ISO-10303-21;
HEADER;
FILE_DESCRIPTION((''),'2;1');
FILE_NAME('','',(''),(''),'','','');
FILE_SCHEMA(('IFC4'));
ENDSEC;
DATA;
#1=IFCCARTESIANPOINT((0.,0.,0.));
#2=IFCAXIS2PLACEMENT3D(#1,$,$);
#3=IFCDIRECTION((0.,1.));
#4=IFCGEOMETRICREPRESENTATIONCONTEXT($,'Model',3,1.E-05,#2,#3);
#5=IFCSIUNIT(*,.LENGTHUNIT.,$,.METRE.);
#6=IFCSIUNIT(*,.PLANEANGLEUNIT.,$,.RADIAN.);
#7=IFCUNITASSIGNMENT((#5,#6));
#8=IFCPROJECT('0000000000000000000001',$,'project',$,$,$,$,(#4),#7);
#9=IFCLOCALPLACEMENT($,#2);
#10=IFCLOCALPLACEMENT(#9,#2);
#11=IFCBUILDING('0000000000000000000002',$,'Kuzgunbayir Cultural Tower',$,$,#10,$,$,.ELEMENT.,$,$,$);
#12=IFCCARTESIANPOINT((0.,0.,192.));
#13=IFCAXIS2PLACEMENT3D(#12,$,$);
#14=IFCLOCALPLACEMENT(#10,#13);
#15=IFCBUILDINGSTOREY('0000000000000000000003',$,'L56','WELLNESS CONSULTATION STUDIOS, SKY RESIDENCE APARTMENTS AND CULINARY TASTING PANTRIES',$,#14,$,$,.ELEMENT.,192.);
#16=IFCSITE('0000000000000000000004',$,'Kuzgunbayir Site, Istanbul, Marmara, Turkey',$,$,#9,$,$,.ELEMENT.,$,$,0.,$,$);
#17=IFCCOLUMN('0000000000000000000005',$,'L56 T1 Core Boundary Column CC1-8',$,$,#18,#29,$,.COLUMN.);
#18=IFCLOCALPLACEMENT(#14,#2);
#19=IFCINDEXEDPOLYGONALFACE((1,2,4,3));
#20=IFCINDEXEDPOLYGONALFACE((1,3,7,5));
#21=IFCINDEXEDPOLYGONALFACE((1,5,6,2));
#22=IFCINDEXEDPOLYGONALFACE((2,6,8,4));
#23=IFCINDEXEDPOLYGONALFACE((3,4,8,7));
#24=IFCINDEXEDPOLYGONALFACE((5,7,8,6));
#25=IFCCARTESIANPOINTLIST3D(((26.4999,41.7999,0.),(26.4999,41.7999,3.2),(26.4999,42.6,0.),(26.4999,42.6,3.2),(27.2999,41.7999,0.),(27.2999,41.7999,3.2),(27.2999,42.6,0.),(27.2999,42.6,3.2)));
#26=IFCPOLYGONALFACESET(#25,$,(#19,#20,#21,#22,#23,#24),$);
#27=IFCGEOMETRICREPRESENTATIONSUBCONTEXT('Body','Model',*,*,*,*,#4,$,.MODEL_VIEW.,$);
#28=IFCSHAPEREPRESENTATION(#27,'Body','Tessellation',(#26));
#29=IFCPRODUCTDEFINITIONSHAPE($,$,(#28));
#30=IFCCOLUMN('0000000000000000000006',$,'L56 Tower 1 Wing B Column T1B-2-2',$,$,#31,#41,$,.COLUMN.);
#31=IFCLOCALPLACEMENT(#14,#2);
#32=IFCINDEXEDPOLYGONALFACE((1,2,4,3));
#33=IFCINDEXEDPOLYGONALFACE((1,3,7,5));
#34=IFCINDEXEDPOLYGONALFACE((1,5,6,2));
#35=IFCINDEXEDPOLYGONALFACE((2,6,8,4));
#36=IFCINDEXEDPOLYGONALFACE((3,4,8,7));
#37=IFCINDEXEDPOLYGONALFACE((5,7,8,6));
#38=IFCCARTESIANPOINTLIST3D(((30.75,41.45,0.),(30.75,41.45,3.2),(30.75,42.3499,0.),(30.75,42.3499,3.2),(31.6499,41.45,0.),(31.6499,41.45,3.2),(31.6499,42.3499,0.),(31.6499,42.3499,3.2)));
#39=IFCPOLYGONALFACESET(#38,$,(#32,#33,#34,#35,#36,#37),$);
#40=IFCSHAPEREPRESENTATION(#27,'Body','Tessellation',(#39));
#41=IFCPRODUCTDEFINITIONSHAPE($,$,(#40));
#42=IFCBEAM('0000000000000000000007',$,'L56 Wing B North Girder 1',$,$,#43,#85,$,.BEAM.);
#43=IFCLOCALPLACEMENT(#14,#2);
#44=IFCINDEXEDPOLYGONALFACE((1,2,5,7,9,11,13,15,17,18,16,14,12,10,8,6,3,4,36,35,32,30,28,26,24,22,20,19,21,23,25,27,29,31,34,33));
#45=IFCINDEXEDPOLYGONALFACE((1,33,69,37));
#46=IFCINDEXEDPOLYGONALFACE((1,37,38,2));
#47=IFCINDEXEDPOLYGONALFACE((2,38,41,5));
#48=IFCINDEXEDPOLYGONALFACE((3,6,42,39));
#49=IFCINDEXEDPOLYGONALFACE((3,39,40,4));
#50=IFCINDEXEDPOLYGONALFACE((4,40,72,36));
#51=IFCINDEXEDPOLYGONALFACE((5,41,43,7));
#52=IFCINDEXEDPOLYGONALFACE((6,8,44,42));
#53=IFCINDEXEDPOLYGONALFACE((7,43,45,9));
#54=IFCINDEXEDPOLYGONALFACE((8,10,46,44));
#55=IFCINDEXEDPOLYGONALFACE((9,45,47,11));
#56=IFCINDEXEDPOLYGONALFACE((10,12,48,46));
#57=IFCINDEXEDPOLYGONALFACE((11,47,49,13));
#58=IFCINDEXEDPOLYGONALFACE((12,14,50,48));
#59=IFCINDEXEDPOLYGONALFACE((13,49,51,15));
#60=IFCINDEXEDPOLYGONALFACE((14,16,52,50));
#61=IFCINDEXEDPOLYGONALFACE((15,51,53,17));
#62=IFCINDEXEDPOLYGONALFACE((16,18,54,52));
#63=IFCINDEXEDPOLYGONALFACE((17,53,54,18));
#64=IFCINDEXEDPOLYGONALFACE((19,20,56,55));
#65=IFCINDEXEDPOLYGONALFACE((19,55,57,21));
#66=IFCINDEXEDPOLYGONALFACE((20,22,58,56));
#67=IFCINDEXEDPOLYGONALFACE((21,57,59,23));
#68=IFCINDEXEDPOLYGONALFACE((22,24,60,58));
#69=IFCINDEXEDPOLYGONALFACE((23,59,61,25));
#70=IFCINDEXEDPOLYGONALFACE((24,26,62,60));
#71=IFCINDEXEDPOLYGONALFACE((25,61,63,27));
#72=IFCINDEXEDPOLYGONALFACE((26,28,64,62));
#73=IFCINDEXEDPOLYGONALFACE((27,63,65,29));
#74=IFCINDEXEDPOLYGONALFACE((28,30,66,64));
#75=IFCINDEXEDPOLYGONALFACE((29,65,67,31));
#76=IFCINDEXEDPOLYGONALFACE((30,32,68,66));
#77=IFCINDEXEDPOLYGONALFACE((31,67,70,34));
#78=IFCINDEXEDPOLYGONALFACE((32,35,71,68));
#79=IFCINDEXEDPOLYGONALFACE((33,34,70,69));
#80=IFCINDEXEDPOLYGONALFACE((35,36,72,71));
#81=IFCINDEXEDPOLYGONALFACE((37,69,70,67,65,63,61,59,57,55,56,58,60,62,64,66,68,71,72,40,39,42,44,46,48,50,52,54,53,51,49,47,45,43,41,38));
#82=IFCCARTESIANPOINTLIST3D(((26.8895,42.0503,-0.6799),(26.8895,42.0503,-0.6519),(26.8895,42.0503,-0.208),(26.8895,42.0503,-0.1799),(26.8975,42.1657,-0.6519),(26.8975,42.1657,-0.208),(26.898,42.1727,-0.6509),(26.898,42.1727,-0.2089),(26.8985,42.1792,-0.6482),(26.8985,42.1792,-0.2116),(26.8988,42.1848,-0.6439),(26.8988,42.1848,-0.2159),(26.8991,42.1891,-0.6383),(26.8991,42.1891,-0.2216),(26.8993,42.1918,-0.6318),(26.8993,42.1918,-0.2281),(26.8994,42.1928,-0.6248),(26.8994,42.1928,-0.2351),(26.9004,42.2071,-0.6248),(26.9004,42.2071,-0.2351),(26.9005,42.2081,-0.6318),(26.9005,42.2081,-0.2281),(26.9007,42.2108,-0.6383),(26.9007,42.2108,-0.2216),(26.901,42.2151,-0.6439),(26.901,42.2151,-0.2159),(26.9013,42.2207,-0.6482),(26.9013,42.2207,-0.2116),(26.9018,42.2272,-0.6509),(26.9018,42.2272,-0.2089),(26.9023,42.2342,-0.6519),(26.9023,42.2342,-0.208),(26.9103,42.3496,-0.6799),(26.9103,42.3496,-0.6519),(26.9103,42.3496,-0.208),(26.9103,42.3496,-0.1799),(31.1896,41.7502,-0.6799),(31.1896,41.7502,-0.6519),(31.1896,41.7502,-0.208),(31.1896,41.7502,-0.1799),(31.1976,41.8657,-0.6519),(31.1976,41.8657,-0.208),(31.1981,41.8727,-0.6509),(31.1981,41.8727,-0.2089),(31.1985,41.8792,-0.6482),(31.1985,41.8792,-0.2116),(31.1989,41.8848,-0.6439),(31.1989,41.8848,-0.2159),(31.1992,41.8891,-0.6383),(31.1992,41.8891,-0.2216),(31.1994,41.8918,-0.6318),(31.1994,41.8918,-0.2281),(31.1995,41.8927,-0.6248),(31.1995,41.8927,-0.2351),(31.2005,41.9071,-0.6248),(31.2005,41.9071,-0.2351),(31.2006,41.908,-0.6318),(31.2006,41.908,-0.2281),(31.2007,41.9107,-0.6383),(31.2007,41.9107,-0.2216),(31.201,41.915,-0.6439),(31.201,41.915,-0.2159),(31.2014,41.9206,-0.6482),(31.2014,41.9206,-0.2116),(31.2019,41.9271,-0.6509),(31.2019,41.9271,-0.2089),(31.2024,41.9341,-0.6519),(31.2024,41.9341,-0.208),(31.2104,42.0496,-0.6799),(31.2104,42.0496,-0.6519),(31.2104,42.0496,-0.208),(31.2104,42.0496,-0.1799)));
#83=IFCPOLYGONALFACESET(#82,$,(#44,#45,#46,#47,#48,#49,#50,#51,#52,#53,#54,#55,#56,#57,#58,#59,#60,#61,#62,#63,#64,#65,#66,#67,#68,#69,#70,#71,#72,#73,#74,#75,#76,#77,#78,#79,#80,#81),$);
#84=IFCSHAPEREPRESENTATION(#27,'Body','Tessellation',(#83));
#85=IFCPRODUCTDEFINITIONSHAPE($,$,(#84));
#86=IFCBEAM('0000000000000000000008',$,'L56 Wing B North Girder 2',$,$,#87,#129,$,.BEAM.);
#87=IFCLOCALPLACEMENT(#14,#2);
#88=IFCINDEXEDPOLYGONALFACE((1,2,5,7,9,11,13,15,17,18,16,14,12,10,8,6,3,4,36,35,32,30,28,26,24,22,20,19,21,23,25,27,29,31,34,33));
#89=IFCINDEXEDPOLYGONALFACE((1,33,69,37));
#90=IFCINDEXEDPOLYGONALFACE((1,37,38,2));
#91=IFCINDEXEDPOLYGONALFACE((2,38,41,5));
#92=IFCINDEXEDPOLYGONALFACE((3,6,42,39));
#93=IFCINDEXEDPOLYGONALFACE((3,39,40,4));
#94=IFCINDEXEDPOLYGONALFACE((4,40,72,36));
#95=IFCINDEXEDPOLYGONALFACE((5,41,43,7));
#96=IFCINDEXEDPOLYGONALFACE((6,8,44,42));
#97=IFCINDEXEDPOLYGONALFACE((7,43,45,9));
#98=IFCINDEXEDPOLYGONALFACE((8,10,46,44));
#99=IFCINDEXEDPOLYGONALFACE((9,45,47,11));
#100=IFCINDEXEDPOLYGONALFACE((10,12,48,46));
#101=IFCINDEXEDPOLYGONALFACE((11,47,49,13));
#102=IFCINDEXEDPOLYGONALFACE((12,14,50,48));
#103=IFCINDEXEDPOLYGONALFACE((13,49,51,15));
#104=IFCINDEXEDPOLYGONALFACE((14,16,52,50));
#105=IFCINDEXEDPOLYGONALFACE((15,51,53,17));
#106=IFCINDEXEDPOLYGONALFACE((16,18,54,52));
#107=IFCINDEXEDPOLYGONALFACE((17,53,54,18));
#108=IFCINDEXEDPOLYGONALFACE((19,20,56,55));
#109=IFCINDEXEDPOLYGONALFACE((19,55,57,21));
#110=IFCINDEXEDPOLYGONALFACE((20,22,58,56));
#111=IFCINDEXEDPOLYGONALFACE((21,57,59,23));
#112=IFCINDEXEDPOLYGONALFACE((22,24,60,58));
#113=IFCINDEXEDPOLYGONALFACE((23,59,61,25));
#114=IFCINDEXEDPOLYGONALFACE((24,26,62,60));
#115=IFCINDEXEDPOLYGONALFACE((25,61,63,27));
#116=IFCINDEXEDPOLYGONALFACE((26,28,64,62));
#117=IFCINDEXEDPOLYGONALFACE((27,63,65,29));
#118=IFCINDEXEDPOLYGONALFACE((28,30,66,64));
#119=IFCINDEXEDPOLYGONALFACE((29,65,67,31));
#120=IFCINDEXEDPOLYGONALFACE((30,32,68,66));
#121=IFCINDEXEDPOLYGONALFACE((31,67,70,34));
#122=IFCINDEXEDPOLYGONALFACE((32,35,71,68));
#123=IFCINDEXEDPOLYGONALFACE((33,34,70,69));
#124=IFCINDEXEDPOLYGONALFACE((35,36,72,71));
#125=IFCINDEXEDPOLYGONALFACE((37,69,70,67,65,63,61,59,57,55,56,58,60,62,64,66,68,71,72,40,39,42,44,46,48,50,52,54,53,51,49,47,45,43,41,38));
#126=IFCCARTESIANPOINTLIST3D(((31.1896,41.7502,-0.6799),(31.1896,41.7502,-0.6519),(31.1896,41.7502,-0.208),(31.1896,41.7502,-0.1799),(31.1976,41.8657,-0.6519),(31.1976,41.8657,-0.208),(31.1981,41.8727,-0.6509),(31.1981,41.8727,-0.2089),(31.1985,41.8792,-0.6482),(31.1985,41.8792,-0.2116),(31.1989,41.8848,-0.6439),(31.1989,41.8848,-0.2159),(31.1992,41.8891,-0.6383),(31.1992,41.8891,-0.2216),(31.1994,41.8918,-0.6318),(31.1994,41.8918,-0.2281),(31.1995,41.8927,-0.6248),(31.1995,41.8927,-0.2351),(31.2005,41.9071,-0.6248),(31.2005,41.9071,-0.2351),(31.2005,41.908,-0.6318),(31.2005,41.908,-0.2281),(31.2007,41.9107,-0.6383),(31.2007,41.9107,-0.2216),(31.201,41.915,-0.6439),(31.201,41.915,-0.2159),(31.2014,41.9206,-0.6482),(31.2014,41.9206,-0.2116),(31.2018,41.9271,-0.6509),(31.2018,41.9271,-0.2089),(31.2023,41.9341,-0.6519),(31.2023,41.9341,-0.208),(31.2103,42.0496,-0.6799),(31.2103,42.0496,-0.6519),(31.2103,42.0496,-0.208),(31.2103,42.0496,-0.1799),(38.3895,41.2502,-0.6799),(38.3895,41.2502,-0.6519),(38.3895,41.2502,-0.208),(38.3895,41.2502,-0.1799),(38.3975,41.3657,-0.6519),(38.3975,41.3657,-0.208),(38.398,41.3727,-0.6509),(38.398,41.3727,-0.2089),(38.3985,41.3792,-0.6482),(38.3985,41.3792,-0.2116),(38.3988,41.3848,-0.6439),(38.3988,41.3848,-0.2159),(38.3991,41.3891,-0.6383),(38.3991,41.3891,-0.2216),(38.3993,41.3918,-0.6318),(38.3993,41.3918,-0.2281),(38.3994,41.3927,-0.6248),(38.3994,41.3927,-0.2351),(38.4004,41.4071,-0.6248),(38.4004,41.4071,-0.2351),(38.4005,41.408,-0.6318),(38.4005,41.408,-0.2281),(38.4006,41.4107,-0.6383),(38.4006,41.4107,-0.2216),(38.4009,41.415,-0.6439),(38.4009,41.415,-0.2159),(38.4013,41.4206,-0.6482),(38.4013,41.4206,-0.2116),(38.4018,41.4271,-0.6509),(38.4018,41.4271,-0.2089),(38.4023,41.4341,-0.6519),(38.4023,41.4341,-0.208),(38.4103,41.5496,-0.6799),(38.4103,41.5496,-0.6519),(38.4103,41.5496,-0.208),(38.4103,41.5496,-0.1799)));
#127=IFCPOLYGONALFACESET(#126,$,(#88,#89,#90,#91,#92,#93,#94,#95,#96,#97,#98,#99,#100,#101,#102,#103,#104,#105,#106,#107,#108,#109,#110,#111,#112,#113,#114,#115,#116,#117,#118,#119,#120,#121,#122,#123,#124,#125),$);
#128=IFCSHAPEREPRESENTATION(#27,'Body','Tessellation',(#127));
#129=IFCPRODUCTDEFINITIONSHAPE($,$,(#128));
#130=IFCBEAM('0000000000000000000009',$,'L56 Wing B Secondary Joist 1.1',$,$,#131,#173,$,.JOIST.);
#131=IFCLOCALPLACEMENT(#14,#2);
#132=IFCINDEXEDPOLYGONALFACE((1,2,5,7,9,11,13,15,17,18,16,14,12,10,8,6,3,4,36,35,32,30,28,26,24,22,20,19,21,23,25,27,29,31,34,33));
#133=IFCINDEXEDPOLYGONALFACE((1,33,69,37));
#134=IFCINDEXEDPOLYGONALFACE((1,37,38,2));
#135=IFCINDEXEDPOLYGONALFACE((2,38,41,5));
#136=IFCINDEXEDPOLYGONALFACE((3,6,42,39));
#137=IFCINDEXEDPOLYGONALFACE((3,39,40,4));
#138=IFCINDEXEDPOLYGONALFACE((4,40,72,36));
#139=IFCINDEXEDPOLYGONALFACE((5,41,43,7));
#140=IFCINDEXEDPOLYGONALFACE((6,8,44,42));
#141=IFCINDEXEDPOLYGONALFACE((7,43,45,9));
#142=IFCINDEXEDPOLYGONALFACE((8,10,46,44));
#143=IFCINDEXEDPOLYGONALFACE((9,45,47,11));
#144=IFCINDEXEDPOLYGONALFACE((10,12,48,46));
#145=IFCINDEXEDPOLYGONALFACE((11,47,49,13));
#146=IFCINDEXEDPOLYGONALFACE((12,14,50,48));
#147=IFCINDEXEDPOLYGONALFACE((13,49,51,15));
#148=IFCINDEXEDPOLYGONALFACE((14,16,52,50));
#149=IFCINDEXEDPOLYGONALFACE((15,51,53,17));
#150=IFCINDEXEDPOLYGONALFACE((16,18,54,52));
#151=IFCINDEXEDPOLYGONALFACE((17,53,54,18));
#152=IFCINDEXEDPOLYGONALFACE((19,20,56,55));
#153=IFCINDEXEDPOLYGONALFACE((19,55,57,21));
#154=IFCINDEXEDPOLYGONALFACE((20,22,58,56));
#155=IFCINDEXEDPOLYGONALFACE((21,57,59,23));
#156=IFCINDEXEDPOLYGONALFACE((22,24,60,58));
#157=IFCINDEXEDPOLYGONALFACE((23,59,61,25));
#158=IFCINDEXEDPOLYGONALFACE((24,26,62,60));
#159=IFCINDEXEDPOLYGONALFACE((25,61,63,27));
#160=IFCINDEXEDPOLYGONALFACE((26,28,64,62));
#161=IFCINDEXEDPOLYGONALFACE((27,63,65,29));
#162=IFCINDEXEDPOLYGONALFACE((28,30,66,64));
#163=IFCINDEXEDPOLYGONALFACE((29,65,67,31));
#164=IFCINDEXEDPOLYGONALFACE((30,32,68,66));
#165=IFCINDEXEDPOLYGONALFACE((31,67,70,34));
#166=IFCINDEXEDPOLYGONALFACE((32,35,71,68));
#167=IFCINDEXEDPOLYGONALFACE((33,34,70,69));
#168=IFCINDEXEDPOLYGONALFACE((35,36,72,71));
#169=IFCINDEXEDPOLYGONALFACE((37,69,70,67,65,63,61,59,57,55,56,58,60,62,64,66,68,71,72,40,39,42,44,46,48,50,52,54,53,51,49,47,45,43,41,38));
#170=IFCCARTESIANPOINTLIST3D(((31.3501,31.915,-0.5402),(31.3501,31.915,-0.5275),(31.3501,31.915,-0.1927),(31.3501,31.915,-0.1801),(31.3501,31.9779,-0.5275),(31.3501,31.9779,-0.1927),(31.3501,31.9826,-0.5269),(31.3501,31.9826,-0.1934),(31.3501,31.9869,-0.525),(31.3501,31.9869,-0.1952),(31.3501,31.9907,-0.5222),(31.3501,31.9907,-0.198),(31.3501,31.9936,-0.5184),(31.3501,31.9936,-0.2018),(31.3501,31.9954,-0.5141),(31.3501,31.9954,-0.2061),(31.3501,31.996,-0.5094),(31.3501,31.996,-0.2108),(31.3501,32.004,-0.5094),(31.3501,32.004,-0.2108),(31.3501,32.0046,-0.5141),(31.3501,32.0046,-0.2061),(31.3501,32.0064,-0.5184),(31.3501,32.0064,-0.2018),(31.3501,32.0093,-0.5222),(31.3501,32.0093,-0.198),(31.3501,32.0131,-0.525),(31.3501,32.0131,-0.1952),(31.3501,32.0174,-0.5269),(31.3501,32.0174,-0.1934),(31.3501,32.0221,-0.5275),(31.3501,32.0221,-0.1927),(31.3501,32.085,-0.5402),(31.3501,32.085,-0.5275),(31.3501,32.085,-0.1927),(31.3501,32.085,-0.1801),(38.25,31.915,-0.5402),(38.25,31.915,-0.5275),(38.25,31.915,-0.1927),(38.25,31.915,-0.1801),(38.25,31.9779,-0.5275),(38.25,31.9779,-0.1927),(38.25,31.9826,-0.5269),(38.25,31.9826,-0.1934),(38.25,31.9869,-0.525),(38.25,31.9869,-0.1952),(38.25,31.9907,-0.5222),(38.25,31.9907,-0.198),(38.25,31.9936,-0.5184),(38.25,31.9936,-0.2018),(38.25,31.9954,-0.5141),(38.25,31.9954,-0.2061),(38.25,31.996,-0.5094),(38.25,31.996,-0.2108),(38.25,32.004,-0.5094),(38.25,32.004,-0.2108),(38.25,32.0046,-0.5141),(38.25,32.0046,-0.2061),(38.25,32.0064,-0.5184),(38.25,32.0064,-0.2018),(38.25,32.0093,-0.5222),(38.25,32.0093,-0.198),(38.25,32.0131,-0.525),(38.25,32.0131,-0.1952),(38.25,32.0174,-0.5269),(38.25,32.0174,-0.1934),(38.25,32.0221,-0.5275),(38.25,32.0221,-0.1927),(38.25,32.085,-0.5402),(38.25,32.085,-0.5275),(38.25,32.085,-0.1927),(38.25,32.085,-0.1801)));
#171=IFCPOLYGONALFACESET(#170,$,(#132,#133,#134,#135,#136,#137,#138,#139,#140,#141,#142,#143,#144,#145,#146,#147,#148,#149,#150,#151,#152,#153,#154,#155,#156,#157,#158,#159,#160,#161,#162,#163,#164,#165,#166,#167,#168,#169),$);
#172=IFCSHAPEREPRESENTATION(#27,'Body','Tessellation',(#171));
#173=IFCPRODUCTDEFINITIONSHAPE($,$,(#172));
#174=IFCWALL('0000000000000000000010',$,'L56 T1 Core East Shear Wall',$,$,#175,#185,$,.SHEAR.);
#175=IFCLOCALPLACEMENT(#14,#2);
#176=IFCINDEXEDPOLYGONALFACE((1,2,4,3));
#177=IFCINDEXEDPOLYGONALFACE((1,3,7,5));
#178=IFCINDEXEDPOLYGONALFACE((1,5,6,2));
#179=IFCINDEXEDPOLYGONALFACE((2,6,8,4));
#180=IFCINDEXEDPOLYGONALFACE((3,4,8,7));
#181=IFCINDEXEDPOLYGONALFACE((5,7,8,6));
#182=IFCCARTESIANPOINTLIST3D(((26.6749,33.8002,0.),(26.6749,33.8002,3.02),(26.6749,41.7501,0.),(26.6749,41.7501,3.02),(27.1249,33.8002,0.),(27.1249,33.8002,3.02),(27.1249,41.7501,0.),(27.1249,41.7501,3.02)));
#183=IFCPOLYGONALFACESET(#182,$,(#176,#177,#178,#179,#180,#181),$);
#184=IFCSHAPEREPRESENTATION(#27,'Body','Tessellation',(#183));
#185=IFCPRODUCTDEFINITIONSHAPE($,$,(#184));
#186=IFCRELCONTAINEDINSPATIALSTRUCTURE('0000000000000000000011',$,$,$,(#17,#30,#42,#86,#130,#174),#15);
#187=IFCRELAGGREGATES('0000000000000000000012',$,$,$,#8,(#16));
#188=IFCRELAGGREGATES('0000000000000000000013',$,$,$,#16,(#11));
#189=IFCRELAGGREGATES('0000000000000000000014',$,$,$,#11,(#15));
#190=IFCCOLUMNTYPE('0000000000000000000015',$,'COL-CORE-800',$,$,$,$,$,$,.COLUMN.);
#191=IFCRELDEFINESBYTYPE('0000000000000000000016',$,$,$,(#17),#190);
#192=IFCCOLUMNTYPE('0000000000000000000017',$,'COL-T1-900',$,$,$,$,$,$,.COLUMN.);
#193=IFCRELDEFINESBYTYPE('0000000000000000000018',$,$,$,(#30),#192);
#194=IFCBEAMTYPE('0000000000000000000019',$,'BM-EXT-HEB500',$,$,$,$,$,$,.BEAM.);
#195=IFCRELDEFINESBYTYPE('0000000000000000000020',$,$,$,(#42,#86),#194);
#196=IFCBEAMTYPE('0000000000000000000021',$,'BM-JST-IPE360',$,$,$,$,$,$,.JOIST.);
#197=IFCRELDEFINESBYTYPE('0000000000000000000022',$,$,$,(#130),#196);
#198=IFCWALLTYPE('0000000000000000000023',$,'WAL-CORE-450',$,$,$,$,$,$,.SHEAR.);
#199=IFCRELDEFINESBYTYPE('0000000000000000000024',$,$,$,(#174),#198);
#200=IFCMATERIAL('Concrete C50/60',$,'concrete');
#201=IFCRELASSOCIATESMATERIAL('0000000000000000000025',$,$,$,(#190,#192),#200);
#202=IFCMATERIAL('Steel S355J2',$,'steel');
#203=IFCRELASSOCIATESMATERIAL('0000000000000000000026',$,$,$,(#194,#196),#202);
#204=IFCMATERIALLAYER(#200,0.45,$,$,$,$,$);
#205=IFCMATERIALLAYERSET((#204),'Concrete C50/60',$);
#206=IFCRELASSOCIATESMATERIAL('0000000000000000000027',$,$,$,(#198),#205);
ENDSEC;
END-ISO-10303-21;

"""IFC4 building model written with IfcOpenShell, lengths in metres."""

from ifc_helpers import new_model, si_unit, direction, frame, frame_2d, origin, origin_2d, place, context, subcontext, project, spatial, rectangle, i_section, extrude, material, layer, layer_set, material_profile, profile_set, type_object, element, save


model = new_model("IFC4")

# Units and contexts
model_context = context("Model", 3, precision=1e-05, world=origin(), true_north=direction((0.0, 1.0)))
body_context = subcontext(model_context, "Body", "Model", "MODEL_VIEW")
ifc_project = project(units=[si_unit("LENGTHUNIT", "METRE"), si_unit("PLANEANGLEUNIT", "RADIAN")], contexts=[model_context])

# Site, building, storey
site_placement = place(None, origin())
site = spatial("IfcSite", under=ifc_project, at=site_placement, Name="Kuzgunbayir Site, Istanbul, Marmara, Turkey", CompositionType="ELEMENT", RefElevation=0.0)
building_placement = place(site_placement, origin())
building = spatial("IfcBuilding", under=site, at=building_placement, Name="Kuzgunbayir Cultural Tower", CompositionType="ELEMENT")
storey_placement = place(building_placement, frame((0.0, 0.0, 192.0)))
storey = spatial("IfcBuildingStorey", under=building, at=storey_placement, Name="L56", Description="WELLNESS CONSULTATION STUDIOS, SKY RESIDENCE APARTMENTS AND CULINARY TASTING PANTRIES", CompositionType="ELEMENT", Elevation=192.0)

# Columns
ifc_material_1 = material(Name="Concrete C50/60", Category="concrete")
ifc_material_profile_1 = material_profile(ifc_material_1, rectangle(XDim=0.8, YDim=0.8, at=origin_2d()), Name="RC 800x800")
ifc_profile_set_1 = profile_set([ifc_material_profile_1], Name="Concrete C50/60")
column_type_1 = type_object("IfcColumnType", Name="COL-CORE-800", PredefinedType="COLUMN", material=ifc_profile_set_1)
column_1_placement = place(storey_placement, frame((26.8999, 42.2, 0.0), z_axis=(0.0, 0.0, 1.0), x_axis=(1.0, 0.0, 0.0)))
element("IfcColumn", 1, at=column_1_placement, inside=storey, type_object=column_type_1, Name="L56 T1 Core Boundary Column CC1-8", PredefinedType="COLUMN", context=body_context, shape_type="SweptSolid", body=[
    extrude(rectangle(XDim=0.8, YDim=0.8, at=origin_2d()), origin(), (0.0, 0.0, 1.0), 3.2),
])
ifc_material_profile_2 = material_profile(ifc_material_1, rectangle(XDim=0.8999, YDim=0.8999, at=origin_2d()), Name="RC 900x900")
ifc_profile_set_2 = profile_set([ifc_material_profile_2], Name="Concrete C50/60")
column_type_2 = type_object("IfcColumnType", Name="COL-T1-900", PredefinedType="COLUMN", material=ifc_profile_set_2)
column_2_placement = place(storey_placement, frame((31.2, 41.8999, 0.0), z_axis=(0.0, 0.0, 1.0), x_axis=(1.0, 0.0, 0.0)))
element("IfcColumn", 2, at=column_2_placement, inside=storey, type_object=column_type_2, Name="L56 Tower 1 Wing B Column T1B-2-2", PredefinedType="COLUMN", context=body_context, shape_type="SweptSolid", body=[
    extrude(rectangle(XDim=0.8999, YDim=0.8999, at=origin_2d()), origin(), (0.0, 0.0, 1.0), 3.2),
])

# Beams
ifc_material_2 = material(Name="Steel S355J2", Category="steel")
ifc_material_profile_3 = material_profile(ifc_material_2, i_section(OverallWidth=0.3, OverallDepth=0.5, WebThickness=0.0144, FlangeThickness=0.0281, FilletRadius=0.0271, at=origin_2d()), Name="HEB 500")
ifc_profile_set_3 = profile_set([ifc_material_profile_3], Name="Steel S355J2")
beam_type_1 = type_object("IfcBeamType", Name="BM-EXT-HEB500", PredefinedType="BEAM", material=ifc_profile_set_3)
beam_1_placement = place(storey_placement, frame((26.8999, 42.2, -0.4299), z_axis=(0.997574, -0.069609, 0.0), x_axis=(0.069609, 0.997574, 0.0)))
element("IfcBeam", 3, at=beam_1_placement, inside=storey, type_object=beam_type_1, Name="L56 Wing B North Girder 1", PredefinedType="BEAM", context=body_context, shape_type="SweptSolid", body=[
    extrude(i_section(OverallWidth=0.3, OverallDepth=0.5, WebThickness=0.0144, FlangeThickness=0.0281, FilletRadius=0.0271, at=origin_2d()), origin(), (0.0, 0.0, 1.0), 4.3105),
])
beam_2_placement = place(storey_placement, frame((31.2, 41.8999, -0.4299), z_axis=(0.997597, -0.069278, 0.0), x_axis=(0.069278, 0.997597, 0.0)))
element("IfcBeam", 4, at=beam_2_placement, inside=storey, type_object=beam_type_1, Name="L56 Wing B North Girder 2", PredefinedType="BEAM", context=body_context, shape_type="SweptSolid", body=[
    extrude(i_section(OverallWidth=0.3, OverallDepth=0.5, WebThickness=0.0144, FlangeThickness=0.0281, FilletRadius=0.0271, at=origin_2d()), origin(), (0.0, 0.0, 1.0), 7.2173),
])
ifc_material_profile_4 = material_profile(ifc_material_2, i_section(OverallWidth=0.1699, OverallDepth=0.3601, WebThickness=0.0081, FlangeThickness=0.0127, FilletRadius=0.0181, at=origin_2d()), Name="IPE 360")
ifc_profile_set_4 = profile_set([ifc_material_profile_4], Name="Steel S355J2")
beam_type_2 = type_object("IfcBeamType", Name="BM-JST-IPE360", PredefinedType="JOIST", material=ifc_profile_set_4)
beam_3_placement = place(storey_placement, frame((31.3501, 32.0, -0.3601), z_axis=(1.0, 0.0, 0.0), x_axis=(0.0, 1.0, 0.0)))
element("IfcBeam", 5, at=beam_3_placement, inside=storey, type_object=beam_type_2, Name="L56 Wing B Secondary Joist 1.1", PredefinedType="JOIST", context=body_context, shape_type="SweptSolid", body=[
    extrude(i_section(OverallWidth=0.1699, OverallDepth=0.3601, WebThickness=0.0081, FlangeThickness=0.0127, FilletRadius=0.0181, at=origin_2d()), origin(), (0.0, 0.0, 1.0), 6.8999),
])

# Wall
ifc_layer_1 = layer(ifc_material_1, 0.45)
ifc_layer_set_1 = layer_set([ifc_layer_1], Name="Concrete C50/60")
wall_type_1 = type_object("IfcWallType", Name="WAL-CORE-450", PredefinedType="SHEAR", material=ifc_layer_set_1)
wall_1_placement = place(storey_placement, frame((26.8999, 33.8, 0.0), z_axis=(0.0, 0.0, 1.0), x_axis=(0.0, 1.0, 0.0)))
element("IfcWall", 6, at=wall_1_placement, inside=storey, type_object=wall_type_1, Name="L56 T1 Core East Shear Wall", PredefinedType="SHEAR", context=body_context, shape_type="SweptSolid", body=[
    extrude(rectangle(XDim=7.95, YDim=0.45, at=frame_2d((3.9751, 0.0))), origin(), (0.0, 0.0, 1.0), 3.02),
])

save(model, "model.ifc")
